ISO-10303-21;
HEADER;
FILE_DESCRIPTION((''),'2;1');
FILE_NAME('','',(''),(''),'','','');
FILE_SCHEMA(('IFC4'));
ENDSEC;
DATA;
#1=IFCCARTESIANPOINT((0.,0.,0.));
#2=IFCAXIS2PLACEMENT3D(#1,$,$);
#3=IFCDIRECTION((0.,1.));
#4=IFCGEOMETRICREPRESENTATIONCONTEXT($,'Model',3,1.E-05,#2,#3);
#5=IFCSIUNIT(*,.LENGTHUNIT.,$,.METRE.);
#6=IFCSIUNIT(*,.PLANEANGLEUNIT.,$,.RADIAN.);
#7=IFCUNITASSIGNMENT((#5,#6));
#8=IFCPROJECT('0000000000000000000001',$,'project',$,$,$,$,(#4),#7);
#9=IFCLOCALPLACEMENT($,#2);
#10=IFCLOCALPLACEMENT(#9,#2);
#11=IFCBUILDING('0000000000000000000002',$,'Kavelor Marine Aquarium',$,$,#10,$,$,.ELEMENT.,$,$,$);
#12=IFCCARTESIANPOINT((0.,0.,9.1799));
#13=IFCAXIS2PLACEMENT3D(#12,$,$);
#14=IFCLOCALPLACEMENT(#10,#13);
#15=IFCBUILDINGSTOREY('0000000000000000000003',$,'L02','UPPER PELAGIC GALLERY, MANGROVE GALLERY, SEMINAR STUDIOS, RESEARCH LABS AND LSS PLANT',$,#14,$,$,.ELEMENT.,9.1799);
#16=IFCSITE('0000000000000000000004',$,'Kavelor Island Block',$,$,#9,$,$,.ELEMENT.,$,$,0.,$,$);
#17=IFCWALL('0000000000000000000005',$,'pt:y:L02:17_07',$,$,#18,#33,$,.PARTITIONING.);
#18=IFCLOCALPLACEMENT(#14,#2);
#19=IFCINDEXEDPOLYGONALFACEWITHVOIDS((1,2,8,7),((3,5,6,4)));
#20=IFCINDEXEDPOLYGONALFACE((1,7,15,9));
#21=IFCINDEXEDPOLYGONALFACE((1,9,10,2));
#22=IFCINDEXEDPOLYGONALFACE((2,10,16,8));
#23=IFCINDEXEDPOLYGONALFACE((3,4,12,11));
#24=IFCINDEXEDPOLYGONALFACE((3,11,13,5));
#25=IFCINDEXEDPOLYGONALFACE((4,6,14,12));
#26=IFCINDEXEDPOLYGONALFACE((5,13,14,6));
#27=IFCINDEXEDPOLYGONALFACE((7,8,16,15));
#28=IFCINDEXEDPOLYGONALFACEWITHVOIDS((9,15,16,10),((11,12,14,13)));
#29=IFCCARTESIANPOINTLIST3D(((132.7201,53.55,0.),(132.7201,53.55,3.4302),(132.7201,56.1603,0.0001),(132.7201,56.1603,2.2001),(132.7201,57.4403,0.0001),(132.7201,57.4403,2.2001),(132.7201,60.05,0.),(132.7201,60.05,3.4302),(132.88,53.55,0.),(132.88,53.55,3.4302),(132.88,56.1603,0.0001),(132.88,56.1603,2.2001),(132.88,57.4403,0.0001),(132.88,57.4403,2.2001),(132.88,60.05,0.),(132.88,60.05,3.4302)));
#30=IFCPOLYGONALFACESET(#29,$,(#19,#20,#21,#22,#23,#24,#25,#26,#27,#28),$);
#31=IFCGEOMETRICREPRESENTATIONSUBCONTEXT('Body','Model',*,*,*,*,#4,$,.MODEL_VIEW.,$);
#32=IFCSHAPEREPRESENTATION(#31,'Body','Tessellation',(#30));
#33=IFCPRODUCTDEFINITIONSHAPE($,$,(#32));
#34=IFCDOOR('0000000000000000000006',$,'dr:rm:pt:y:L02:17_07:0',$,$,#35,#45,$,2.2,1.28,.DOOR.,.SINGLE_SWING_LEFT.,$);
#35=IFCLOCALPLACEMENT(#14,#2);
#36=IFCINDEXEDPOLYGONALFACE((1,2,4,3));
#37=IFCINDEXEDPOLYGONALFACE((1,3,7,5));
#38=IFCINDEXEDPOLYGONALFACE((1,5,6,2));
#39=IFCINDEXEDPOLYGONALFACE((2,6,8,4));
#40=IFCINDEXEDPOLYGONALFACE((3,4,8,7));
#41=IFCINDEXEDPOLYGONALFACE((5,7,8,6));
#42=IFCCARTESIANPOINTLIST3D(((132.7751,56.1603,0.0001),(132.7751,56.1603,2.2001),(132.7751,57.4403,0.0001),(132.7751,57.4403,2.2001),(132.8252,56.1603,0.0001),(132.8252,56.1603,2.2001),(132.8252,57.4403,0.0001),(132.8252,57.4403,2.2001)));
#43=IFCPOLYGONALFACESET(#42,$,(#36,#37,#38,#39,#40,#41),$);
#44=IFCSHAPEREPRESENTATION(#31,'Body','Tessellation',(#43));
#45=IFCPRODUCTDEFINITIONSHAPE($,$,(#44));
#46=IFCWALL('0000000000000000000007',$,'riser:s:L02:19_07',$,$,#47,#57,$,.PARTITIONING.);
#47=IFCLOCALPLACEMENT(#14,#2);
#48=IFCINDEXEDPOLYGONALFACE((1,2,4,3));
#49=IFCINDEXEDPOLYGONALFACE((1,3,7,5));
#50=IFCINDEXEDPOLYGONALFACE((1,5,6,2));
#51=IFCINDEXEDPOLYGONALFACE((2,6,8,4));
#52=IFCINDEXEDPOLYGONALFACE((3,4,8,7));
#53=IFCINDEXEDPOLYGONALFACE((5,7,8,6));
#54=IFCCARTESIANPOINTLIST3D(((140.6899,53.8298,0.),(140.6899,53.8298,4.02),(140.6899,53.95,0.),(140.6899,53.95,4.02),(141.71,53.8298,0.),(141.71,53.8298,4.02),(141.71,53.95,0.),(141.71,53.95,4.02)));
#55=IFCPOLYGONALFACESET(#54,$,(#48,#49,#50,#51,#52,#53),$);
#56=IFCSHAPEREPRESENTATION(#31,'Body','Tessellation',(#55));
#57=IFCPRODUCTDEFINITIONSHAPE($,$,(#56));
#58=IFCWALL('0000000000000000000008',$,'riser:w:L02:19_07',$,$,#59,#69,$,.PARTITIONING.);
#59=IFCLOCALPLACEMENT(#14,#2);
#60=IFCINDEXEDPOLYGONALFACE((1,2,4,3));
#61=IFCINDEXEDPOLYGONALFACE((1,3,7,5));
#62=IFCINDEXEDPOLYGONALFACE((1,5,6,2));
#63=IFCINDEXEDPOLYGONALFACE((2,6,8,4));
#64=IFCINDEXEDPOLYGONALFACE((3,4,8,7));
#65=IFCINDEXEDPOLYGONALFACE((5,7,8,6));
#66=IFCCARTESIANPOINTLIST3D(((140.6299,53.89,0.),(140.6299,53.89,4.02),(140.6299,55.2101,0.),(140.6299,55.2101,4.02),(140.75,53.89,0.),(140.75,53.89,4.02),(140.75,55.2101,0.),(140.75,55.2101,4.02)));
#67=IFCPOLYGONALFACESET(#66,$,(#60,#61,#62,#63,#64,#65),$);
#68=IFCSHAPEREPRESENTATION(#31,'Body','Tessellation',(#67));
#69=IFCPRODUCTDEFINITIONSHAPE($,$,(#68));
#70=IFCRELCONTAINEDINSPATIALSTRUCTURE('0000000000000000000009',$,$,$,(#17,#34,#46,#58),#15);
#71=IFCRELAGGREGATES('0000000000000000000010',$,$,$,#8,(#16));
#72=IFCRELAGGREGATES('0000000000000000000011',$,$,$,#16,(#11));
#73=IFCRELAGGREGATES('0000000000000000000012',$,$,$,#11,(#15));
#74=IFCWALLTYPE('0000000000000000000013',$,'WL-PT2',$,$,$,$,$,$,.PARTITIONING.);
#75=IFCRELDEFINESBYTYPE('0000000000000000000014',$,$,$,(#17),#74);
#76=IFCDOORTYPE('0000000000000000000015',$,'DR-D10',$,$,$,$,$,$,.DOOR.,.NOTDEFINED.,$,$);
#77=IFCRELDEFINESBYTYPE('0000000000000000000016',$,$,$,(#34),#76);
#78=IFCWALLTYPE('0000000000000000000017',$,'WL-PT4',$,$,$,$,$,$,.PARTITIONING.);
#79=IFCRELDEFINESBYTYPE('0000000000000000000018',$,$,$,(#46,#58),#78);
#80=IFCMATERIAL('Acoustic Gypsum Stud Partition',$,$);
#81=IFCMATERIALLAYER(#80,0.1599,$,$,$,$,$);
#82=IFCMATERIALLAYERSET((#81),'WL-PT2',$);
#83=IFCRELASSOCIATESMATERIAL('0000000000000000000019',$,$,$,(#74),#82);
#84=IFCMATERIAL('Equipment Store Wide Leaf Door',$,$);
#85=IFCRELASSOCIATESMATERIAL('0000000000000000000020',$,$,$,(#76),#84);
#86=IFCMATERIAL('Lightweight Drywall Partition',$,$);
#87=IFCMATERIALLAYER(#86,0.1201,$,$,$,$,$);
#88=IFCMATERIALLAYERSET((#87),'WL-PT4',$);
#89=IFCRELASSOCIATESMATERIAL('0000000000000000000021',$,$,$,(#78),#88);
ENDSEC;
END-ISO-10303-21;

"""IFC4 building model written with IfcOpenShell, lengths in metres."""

from ifc_helpers import new_model, si_unit, direction, frame, frame_2d, origin, place, context, subcontext, project, spatial, rectangle, extrude, material, layer, layer_set, type_object, element, fill, save


model = new_model("IFC4")

# Units and contexts
model_context = context("Model", 3, precision=1e-05, world=origin(), true_north=direction((0.0, 1.0)))
body_context = subcontext(model_context, "Body", "Model", "MODEL_VIEW")
ifc_project = project(units=[si_unit("LENGTHUNIT", "METRE"), si_unit("PLANEANGLEUNIT", "RADIAN")], contexts=[model_context])

# Site, building, storey
site_placement = place(None, origin())
site = spatial("IfcSite", under=ifc_project, at=site_placement, Name="Kavelor Island Block", CompositionType="ELEMENT", RefElevation=0.0)
building_placement = place(site_placement, origin())
building = spatial("IfcBuilding", under=site, at=building_placement, Name="Kavelor Marine Aquarium", CompositionType="ELEMENT")
storey_placement = place(building_placement, frame((0.0, 0.0, 9.1799)))
storey = spatial("IfcBuildingStorey", under=building, at=storey_placement, Name="L02", Description="UPPER PELAGIC GALLERY, MANGROVE GALLERY, SEMINAR STUDIOS, RESEARCH LABS AND LSS PLANT", CompositionType="ELEMENT", Elevation=9.1799)

# Wall, opening, door
ifc_material_1 = material(Name="Acoustic Gypsum Stud Partition")
ifc_layer_1 = layer(ifc_material_1, 0.1599)
ifc_layer_set_1 = layer_set([ifc_layer_1], Name="WL-PT2")
wall_type_1 = type_object("IfcWallType", Name="WL-PT2", PredefinedType="PARTITIONING", material=ifc_layer_set_1)
wall_1_placement = place(storey_placement, frame((132.8, 53.55, 0.0), z_axis=(0.0, 0.0, 1.0), x_axis=(0.0, 1.0, 0.0)))
wall_1 = element("IfcWall", 1, at=wall_1_placement, inside=storey, type_object=wall_type_1, Name="pt:y:L02:17_07", PredefinedType="PARTITIONING", context=body_context, shape_type="SweptSolid", body=[
    extrude(rectangle(XDim=6.5, YDim=0.1599, at=frame_2d((3.25, 0.0))), origin(), (0.0, 0.0, 1.0), 3.4302),
])
opening_1_placement = place(wall_1_placement, frame((2.6101, 0.0, 0.0)))
opening_1 = element("IfcOpeningElement", 2, at=opening_1_placement, cuts=wall_1, PredefinedType="OPENING", context=body_context, shape_type="SweptSolid", body=[
    extrude(rectangle(XDim=1.28, YDim=2.2, at=frame_2d((0.6401, 1.1001))), frame((0.0, 0.0898, 0.0), z_axis=(0.0, -1.0, 0.0), x_axis=(1.0, 0.0, 0.0)), (0.0, 0.0, 1.0), 0.1799),
])
ifc_material_2 = material(Name="Equipment Store Wide Leaf Door")
door_type = type_object("IfcDoorType", Name="DR-D10", OperationType="NOTDEFINED", PredefinedType="DOOR", material=ifc_material_2)
door_placement = place(opening_1_placement, origin())
door = element("IfcDoor", 3, at=door_placement, inside=storey, type_object=door_type, Name="dr:rm:pt:y:L02:17_07:0", OperationType="SINGLE_SWING_LEFT", OverallHeight=2.2, OverallWidth=1.28, PredefinedType="DOOR", context=body_context, shape_type="SweptSolid", body=[
    extrude(rectangle(XDim=1.28, YDim=2.2, at=frame_2d((0.6401, 1.1001))), frame((0.0, 0.0249, 0.0), z_axis=(0.0, -1.0, 0.0), x_axis=(1.0, 0.0, 0.0)), (0.0, 0.0, 1.0), 0.05),
])
fill(opening_1, door)

# Walls
ifc_material_3 = material(Name="Lightweight Drywall Partition")
ifc_layer_2 = layer(ifc_material_3, 0.1201)
ifc_layer_set_2 = layer_set([ifc_layer_2], Name="WL-PT4")
wall_type_2 = type_object("IfcWallType", Name="WL-PT4", PredefinedType="PARTITIONING", material=ifc_layer_set_2)
wall_2_placement = place(storey_placement, frame((140.6899, 53.8899, 0.0), z_axis=(0.0, 0.0, 1.0), x_axis=(1.0, 0.0, 0.0)))
element("IfcWall", 4, at=wall_2_placement, inside=storey, type_object=wall_type_2, Name="riser:s:L02:19_07", PredefinedType="PARTITIONING", context=body_context, shape_type="SweptSolid", body=[
    extrude(rectangle(XDim=1.02, YDim=0.1201, at=frame_2d((0.51, 0.0))), origin(), (0.0, 0.0, 1.0), 4.02),
])
wall_3_placement = place(storey_placement, frame((140.6899, 53.8899, 0.0), z_axis=(0.0, 0.0, 1.0), x_axis=(0.0, 1.0, 0.0)))
element("IfcWall", 5, at=wall_3_placement, inside=storey, type_object=wall_type_2, Name="riser:w:L02:19_07", PredefinedType="PARTITIONING", context=body_context, shape_type="SweptSolid", body=[
    extrude(rectangle(XDim=1.3201, YDim=0.1201, at=frame_2d((0.6602, 0.0))), origin(), (0.0, 0.0, 1.0), 4.02),
])

save(model, "model.ifc")
